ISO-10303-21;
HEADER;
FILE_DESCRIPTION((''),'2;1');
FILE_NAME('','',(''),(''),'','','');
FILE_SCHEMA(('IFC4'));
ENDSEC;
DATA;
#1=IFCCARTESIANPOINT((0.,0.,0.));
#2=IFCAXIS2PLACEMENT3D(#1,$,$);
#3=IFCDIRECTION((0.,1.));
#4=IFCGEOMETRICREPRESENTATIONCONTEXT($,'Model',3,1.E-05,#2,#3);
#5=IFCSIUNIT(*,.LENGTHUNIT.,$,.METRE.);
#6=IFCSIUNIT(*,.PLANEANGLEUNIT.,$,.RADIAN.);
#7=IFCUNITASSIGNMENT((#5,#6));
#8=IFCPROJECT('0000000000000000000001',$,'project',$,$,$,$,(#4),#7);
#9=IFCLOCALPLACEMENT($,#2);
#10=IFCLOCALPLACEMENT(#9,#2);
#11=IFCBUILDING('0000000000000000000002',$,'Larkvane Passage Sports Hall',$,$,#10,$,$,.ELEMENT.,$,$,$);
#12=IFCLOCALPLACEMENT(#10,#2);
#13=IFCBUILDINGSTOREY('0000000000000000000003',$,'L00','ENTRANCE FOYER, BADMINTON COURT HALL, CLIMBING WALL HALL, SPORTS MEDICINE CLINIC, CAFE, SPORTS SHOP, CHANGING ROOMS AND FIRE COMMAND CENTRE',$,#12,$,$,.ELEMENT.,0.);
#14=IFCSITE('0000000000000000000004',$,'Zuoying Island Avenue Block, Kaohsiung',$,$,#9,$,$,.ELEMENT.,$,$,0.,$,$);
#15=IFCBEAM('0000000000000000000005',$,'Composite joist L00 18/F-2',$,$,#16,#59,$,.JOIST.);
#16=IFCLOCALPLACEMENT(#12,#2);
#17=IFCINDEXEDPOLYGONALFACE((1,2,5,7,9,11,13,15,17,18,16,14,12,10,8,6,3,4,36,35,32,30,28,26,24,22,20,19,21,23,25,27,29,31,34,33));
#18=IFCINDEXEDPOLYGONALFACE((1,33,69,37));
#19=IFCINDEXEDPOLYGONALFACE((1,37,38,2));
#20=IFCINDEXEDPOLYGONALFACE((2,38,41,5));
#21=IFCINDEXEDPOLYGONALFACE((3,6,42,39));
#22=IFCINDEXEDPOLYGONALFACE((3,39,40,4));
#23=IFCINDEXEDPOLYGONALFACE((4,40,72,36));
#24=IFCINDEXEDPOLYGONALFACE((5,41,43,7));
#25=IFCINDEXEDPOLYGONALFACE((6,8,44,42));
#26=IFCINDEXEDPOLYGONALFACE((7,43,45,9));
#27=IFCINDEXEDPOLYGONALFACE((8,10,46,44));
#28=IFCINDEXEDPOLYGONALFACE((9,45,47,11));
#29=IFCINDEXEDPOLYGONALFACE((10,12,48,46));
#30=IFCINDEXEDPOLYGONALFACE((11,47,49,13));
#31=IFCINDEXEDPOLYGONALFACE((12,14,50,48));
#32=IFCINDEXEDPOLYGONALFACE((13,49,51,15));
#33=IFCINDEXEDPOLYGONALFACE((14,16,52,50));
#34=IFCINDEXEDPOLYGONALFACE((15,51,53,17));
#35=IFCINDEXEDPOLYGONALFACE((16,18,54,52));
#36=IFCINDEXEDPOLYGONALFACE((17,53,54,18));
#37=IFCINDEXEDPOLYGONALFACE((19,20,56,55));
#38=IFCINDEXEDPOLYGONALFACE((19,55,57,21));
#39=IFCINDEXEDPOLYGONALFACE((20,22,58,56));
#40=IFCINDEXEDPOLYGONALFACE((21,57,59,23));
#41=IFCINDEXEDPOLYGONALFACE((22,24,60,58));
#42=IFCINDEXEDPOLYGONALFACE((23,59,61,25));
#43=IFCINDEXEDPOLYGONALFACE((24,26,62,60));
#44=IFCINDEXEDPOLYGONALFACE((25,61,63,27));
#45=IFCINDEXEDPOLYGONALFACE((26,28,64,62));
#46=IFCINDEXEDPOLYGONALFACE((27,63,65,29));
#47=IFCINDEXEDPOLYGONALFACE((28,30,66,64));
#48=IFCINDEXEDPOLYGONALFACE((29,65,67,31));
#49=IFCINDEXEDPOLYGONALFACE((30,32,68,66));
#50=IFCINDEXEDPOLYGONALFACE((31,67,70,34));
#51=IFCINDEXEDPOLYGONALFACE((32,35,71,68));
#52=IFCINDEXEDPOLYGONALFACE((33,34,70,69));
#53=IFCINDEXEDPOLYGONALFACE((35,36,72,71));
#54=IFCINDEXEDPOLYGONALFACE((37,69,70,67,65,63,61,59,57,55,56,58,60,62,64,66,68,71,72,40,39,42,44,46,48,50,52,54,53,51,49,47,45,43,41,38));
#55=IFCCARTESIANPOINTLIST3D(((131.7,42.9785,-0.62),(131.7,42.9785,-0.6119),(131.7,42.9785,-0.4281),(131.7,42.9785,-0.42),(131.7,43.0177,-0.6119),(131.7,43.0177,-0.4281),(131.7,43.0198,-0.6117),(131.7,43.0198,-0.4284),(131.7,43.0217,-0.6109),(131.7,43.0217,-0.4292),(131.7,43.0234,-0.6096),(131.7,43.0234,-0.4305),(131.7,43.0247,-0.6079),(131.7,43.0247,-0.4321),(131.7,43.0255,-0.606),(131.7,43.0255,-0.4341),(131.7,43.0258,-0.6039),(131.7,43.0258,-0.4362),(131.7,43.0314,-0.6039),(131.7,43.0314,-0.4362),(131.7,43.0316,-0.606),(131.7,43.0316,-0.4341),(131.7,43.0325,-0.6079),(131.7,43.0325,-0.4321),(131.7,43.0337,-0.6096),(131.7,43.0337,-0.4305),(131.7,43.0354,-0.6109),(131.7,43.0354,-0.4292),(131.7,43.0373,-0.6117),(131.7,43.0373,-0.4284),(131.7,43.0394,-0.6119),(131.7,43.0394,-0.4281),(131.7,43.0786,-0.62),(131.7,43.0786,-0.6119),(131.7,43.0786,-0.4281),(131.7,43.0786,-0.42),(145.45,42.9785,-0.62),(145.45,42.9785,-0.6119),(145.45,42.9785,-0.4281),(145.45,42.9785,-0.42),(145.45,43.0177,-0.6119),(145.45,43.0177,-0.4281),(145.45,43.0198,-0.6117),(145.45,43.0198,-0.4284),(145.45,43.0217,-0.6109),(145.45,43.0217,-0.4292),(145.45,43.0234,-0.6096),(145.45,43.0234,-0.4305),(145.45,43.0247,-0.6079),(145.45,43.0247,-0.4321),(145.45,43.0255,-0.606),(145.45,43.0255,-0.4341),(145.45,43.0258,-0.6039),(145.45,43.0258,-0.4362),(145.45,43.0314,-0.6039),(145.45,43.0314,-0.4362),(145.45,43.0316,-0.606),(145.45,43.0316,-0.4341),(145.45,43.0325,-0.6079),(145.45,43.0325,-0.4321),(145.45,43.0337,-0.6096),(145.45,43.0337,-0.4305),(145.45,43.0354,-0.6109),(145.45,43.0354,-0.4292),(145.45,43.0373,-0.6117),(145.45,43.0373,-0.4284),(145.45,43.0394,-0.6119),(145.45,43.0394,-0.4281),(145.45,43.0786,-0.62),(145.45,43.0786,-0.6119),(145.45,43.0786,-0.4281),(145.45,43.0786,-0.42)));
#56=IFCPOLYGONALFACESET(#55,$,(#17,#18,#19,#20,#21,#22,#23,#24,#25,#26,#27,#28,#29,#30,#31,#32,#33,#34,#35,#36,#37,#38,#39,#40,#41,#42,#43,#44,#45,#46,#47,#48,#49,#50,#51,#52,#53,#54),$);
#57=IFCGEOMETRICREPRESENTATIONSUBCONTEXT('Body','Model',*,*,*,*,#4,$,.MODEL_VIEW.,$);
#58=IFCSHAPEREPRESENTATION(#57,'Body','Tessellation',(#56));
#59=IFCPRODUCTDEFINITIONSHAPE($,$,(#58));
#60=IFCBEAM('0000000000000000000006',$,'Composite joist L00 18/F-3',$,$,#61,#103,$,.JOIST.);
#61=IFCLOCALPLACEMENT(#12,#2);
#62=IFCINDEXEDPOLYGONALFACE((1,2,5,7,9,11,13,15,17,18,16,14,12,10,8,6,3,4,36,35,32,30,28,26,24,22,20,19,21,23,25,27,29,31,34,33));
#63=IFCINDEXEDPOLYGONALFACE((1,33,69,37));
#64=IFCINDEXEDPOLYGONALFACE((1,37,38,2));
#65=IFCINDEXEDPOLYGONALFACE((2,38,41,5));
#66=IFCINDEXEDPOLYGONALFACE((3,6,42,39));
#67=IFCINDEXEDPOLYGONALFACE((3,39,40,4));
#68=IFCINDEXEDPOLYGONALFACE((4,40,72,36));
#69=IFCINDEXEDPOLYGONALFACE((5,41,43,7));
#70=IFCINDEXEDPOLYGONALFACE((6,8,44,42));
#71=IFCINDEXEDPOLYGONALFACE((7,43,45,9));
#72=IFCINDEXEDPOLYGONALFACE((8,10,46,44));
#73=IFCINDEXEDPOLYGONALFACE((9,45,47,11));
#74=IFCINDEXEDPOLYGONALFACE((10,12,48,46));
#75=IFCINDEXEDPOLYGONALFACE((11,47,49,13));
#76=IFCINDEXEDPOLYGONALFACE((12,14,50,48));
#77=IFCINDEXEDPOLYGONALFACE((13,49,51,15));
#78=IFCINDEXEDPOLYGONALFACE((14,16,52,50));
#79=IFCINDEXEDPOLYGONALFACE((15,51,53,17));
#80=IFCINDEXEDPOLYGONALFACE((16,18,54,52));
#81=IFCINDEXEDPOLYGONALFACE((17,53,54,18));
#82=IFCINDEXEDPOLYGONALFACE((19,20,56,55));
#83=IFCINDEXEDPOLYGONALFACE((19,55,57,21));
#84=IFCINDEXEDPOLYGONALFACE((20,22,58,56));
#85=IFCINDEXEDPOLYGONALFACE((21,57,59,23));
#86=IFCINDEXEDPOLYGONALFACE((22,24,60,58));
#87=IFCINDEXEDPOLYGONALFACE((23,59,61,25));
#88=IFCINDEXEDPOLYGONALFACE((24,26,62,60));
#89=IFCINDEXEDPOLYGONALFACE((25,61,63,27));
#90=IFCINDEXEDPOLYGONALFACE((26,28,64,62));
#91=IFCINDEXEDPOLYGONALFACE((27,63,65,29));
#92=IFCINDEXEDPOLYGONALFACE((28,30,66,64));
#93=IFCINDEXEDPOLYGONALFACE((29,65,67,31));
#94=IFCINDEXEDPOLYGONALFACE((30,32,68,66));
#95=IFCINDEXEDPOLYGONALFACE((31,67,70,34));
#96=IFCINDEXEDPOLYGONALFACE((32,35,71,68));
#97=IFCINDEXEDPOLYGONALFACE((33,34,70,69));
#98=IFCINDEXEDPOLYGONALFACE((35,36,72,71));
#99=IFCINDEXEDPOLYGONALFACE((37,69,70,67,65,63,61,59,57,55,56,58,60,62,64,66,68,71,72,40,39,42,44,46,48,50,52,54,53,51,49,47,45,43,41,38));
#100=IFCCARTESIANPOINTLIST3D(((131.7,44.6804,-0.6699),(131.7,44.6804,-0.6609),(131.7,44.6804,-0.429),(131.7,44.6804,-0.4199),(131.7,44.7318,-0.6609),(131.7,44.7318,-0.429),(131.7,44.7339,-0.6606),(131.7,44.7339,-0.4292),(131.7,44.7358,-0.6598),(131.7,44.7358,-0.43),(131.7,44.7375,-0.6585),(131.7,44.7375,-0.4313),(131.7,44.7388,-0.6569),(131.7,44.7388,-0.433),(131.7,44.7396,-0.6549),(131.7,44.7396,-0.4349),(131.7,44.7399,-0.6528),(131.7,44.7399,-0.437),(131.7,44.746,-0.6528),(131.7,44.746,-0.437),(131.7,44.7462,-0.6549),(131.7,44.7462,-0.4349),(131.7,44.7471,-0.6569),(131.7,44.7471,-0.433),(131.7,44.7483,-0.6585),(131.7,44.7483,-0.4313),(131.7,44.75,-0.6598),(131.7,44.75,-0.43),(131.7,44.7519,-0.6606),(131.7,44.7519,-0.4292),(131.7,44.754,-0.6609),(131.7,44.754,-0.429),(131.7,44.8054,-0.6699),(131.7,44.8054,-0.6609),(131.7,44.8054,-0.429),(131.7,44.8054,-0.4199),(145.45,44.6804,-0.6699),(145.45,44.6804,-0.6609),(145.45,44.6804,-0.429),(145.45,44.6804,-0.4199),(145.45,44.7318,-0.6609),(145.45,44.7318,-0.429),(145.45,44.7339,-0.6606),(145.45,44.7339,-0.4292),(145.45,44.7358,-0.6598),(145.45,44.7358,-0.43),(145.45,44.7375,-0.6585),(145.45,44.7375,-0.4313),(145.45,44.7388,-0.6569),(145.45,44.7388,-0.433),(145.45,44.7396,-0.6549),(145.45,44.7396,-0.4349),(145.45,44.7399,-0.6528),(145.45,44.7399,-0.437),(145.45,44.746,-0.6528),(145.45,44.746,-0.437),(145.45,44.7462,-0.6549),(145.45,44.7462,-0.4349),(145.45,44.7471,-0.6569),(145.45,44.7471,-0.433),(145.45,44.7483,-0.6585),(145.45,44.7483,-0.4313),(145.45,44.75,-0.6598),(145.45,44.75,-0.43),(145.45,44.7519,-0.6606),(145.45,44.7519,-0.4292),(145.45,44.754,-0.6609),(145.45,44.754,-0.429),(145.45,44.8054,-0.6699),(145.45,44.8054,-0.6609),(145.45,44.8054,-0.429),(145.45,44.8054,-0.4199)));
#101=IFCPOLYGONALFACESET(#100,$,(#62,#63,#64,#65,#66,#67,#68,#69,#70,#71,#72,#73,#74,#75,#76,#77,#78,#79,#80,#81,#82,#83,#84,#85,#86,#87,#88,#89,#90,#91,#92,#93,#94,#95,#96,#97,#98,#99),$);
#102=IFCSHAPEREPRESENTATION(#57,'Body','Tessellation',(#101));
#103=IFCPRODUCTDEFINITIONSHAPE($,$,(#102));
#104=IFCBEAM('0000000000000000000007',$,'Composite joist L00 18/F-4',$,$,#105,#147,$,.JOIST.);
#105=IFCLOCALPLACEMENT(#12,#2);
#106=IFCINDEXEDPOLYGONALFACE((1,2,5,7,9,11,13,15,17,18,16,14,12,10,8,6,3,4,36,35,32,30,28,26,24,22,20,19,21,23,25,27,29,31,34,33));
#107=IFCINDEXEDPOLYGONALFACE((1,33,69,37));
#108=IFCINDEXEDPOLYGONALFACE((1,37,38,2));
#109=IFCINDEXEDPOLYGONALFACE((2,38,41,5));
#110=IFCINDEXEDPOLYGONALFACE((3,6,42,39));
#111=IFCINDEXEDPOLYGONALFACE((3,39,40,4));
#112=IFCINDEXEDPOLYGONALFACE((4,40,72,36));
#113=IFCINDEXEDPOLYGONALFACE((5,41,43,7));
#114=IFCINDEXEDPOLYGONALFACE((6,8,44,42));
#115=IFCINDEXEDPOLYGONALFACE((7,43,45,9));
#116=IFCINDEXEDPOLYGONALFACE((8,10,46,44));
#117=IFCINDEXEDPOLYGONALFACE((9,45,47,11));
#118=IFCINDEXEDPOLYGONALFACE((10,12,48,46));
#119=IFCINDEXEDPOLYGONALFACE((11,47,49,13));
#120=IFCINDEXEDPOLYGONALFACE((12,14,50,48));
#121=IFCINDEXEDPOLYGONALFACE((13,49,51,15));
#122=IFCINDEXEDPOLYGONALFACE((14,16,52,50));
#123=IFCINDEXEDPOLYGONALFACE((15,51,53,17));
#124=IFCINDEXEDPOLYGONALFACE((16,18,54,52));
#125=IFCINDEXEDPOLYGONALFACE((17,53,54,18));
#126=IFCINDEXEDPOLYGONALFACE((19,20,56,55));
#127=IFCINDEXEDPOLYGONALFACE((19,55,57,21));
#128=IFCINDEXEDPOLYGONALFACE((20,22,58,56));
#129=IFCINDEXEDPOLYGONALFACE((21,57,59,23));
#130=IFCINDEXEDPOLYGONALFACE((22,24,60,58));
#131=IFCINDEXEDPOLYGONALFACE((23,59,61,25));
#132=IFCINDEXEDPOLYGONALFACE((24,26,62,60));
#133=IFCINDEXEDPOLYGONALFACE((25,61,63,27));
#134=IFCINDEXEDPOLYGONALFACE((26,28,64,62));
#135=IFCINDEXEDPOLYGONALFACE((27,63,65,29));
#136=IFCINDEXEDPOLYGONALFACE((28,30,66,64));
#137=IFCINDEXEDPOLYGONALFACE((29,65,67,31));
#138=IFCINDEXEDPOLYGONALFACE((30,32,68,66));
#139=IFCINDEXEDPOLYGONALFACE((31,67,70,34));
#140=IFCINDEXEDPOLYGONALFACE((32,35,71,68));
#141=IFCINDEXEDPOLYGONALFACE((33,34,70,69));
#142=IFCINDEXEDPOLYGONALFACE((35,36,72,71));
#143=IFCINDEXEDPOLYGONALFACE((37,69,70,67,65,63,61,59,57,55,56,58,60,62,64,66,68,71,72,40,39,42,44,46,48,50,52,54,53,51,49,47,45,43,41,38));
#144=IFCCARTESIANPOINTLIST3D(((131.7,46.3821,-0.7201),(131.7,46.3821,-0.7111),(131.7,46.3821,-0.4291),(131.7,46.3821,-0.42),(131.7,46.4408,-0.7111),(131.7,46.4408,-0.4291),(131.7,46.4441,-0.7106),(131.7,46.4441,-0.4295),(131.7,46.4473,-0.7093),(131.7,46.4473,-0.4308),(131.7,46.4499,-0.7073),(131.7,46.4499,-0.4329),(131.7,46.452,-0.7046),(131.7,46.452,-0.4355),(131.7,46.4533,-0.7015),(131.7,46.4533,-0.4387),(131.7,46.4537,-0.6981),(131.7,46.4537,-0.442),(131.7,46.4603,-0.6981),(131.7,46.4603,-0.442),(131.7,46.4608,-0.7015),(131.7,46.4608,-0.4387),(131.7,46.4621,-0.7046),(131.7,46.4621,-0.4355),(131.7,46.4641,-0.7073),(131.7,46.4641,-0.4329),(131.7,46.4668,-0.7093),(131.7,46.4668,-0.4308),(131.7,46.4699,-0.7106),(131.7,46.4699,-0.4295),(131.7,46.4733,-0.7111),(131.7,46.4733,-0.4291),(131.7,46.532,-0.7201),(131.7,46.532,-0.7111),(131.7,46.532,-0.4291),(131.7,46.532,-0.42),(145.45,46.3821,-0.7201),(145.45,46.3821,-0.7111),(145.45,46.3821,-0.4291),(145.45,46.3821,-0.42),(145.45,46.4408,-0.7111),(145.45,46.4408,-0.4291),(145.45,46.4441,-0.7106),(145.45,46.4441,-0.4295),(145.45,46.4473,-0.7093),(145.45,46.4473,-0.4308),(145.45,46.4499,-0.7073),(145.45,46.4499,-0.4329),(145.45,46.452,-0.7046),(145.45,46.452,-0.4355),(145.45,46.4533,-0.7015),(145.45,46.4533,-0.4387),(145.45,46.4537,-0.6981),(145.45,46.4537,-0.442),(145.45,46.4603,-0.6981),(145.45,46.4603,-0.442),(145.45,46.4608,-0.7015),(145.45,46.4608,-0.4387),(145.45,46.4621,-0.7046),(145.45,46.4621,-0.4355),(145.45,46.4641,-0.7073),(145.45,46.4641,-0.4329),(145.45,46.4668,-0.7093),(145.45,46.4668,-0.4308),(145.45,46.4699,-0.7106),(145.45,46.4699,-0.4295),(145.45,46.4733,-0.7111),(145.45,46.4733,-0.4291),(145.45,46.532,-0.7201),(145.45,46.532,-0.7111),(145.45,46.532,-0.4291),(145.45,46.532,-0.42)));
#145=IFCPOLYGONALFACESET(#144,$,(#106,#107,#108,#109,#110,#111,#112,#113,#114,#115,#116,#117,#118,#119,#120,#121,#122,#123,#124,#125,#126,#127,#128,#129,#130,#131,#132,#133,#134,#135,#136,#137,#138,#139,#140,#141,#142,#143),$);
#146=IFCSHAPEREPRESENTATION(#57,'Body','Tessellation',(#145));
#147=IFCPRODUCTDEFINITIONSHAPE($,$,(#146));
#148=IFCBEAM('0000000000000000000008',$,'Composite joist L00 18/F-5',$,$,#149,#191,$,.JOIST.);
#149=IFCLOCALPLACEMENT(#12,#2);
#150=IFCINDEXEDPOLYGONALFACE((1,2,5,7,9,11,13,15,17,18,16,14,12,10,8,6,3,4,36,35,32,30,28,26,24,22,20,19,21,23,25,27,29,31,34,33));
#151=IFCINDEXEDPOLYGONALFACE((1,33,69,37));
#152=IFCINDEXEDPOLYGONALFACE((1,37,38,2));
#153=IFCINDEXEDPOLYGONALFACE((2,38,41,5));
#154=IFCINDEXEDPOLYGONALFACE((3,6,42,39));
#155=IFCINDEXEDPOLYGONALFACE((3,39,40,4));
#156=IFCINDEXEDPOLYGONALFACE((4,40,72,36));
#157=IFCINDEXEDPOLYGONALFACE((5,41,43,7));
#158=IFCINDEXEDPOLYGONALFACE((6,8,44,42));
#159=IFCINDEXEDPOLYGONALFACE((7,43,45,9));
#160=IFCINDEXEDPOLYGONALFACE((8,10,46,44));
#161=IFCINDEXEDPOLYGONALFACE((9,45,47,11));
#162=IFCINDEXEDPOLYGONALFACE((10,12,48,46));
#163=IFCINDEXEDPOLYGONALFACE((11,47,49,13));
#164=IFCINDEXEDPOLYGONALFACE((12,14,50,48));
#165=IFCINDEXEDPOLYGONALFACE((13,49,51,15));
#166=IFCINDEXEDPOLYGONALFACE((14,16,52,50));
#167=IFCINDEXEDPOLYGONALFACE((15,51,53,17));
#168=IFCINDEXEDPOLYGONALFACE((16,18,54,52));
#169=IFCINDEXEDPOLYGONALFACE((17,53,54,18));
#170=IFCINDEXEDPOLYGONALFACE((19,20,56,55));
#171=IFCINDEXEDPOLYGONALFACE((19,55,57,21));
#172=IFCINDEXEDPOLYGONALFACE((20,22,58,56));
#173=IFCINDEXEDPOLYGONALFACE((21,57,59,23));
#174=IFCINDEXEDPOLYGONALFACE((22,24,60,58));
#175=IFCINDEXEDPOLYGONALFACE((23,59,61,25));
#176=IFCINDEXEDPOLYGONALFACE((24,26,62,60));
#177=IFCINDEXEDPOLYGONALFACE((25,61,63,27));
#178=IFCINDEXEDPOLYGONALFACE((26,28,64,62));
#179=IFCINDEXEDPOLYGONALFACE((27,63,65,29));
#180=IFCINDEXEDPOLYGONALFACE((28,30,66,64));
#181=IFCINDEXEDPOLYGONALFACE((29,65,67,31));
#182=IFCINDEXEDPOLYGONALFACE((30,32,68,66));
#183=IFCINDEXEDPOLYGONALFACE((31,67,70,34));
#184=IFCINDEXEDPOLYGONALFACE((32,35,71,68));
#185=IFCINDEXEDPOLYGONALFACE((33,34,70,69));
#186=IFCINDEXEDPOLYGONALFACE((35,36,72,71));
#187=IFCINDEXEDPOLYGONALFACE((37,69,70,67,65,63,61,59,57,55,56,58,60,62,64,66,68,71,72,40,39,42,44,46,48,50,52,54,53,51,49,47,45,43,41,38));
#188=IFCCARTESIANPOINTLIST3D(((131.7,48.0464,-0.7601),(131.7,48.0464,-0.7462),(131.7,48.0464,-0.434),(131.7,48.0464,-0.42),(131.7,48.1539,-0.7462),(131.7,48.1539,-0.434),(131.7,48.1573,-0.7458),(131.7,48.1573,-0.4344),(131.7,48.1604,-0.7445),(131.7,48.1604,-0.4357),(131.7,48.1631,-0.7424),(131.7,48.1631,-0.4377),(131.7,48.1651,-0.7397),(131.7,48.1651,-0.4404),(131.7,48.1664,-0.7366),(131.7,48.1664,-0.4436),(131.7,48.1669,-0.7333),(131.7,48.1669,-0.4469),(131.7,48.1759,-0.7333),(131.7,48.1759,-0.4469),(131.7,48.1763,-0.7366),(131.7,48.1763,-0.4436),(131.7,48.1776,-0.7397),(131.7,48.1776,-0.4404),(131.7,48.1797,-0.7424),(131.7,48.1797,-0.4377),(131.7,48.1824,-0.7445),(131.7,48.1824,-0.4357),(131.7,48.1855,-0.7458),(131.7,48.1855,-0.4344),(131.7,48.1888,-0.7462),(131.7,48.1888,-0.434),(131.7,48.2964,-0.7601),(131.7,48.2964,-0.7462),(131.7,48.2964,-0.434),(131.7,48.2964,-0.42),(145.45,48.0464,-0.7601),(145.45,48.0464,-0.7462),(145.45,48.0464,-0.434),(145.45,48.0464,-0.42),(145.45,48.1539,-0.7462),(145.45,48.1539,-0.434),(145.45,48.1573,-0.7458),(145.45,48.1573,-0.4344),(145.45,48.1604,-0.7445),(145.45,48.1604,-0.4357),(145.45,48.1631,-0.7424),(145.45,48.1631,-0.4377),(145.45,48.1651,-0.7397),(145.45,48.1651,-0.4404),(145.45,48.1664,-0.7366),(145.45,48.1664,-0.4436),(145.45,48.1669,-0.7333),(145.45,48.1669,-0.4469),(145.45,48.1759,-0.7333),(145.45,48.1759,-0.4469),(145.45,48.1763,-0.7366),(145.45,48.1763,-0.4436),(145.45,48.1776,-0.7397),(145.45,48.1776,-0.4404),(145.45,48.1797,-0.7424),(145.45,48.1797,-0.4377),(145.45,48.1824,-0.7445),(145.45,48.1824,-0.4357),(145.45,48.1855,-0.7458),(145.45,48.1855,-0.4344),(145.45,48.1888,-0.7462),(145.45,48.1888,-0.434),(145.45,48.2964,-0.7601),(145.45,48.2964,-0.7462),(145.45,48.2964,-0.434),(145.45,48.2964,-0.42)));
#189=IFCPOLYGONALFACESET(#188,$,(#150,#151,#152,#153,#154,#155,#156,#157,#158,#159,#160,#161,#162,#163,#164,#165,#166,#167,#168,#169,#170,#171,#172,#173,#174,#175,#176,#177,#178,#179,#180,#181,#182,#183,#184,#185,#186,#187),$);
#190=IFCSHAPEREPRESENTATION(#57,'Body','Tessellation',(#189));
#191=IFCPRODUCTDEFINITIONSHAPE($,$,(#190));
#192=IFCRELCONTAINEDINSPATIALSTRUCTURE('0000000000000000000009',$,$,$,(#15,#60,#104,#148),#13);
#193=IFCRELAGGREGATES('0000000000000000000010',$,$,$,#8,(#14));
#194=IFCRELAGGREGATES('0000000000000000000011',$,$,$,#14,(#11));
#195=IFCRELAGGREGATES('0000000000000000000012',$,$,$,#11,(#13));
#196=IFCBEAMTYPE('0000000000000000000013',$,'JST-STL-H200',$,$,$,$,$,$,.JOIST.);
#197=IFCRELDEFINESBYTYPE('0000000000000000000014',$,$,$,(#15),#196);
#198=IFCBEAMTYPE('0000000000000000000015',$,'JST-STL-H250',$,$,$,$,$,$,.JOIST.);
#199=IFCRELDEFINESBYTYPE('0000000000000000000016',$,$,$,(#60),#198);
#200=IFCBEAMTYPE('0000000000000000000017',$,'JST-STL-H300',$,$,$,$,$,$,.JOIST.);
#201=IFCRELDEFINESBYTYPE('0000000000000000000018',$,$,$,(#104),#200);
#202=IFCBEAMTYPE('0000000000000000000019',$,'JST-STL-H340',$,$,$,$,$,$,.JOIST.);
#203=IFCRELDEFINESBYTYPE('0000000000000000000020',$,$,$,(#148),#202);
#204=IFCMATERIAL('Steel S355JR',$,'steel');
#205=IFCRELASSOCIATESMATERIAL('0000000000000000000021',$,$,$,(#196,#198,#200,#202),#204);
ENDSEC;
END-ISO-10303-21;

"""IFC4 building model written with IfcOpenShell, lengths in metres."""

from ifc_helpers import new_model, si_unit, direction, frame, origin, origin_2d, place, context, subcontext, project, spatial, i_section, extrude, material, material_profile, profile_set, type_object, element, save


model = new_model("IFC4")

# Units and contexts
model_context = context("Model", 3, precision=1e-05, world=origin(), true_north=direction((0.0, 1.0)))
body_context = subcontext(model_context, "Body", "Model", "MODEL_VIEW")
ifc_project = project(units=[si_unit("LENGTHUNIT", "METRE"), si_unit("PLANEANGLEUNIT", "RADIAN")], contexts=[model_context])

# Site, building, storey
site_placement = place(None, origin())
site = spatial("IfcSite", under=ifc_project, at=site_placement, Name="Zuoying Island Avenue Block, Kaohsiung", CompositionType="ELEMENT", RefElevation=0.0)
building_placement = place(site_placement, origin())
building = spatial("IfcBuilding", under=site, at=building_placement, Name="Larkvane Passage Sports Hall", CompositionType="ELEMENT")
storey_placement = place(building_placement, origin())
storey = spatial("IfcBuildingStorey", under=building, at=storey_placement, Name="L00", Description="ENTRANCE FOYER, BADMINTON COURT HALL, CLIMBING WALL HALL, SPORTS MEDICINE CLINIC, CAFE, SPORTS SHOP, CHANGING ROOMS AND FIRE COMMAND CENTRE", CompositionType="ELEMENT", Elevation=0.0)

# Beams
ifc_material_1 = material(Name="Steel S355JR", Category="steel")
ifc_material_profile_1 = material_profile(ifc_material_1, i_section(OverallWidth=0.1001, OverallDepth=0.2, WebThickness=0.0056, FlangeThickness=0.0081, FilletRadius=0.0081, at=origin_2d()), Name="H-200x100x5.5x8")
ifc_profile_set_1 = profile_set([ifc_material_profile_1], Name="Steel S355JR")
beam_type_1 = type_object("IfcBeamType", Name="JST-STL-H200", PredefinedType="JOIST", material=ifc_profile_set_1)
beam_1_placement = place(storey_placement, frame((131.7, 43.0286, -0.52), z_axis=(1.0, 0.0, 0.0), x_axis=(0.0, 1.0, 0.0)))
element("IfcBeam", 1, at=beam_1_placement, inside=storey, type_object=beam_type_1, Name="Composite joist L00 18/F-2", PredefinedType="JOIST", context=body_context, shape_type="SweptSolid", body=[
    extrude(i_section(OverallWidth=0.1001, OverallDepth=0.2, WebThickness=0.0056, FlangeThickness=0.0081, FilletRadius=0.0081, at=origin_2d()), origin(), (0.0, 0.0, 1.0), 13.75),
])
ifc_material_profile_2 = material_profile(ifc_material_1, i_section(OverallWidth=0.125, OverallDepth=0.25, WebThickness=0.0061, FlangeThickness=0.009, FilletRadius=0.0081, at=origin_2d()), Name="H-250x125x6x9")
ifc_profile_set_2 = profile_set([ifc_material_profile_2], Name="Steel S355JR")
beam_type_2 = type_object("IfcBeamType", Name="JST-STL-H250", PredefinedType="JOIST", material=ifc_profile_set_2)
beam_2_placement = place(storey_placement, frame((131.7, 44.7429, -0.5449), z_axis=(1.0, 0.0, 0.0), x_axis=(0.0, 1.0, 0.0)))
element("IfcBeam", 2, at=beam_2_placement, inside=storey, type_object=beam_type_2, Name="Composite joist L00 18/F-3", PredefinedType="JOIST", context=body_context, shape_type="SweptSolid", body=[
    extrude(i_section(OverallWidth=0.125, OverallDepth=0.25, WebThickness=0.0061, FlangeThickness=0.009, FilletRadius=0.0081, at=origin_2d()), origin(), (0.0, 0.0, 1.0), 13.75),
])
ifc_material_profile_3 = material_profile(ifc_material_1, i_section(OverallWidth=0.1499, OverallDepth=0.3, WebThickness=0.0066, FlangeThickness=0.009, FilletRadius=0.0129, at=origin_2d()), Name="H-300x150x6.5x9")
ifc_profile_set_3 = profile_set([ifc_material_profile_3], Name="Steel S355JR")
beam_type_3 = type_object("IfcBeamType", Name="JST-STL-H300", PredefinedType="JOIST", material=ifc_profile_set_3)
beam_3_placement = place(storey_placement, frame((131.7, 46.457, -0.5701), z_axis=(1.0, 0.0, 0.0), x_axis=(0.0, 1.0, 0.0)))
element("IfcBeam", 3, at=beam_3_placement, inside=storey, type_object=beam_type_3, Name="Composite joist L00 18/F-4", PredefinedType="JOIST", context=body_context, shape_type="SweptSolid", body=[
    extrude(i_section(OverallWidth=0.1499, OverallDepth=0.3, WebThickness=0.0066, FlangeThickness=0.009, FilletRadius=0.0129, at=origin_2d()), origin(), (0.0, 0.0, 1.0), 13.75),
])
ifc_material_profile_4 = material_profile(ifc_material_1, i_section(OverallWidth=0.25, OverallDepth=0.3401, WebThickness=0.009, FlangeThickness=0.0139, FilletRadius=0.0129, at=origin_2d()), Name="H-340x250x9x14")
ifc_profile_set_4 = profile_set([ifc_material_profile_4], Name="Steel S355JR")
beam_type_4 = type_object("IfcBeamType", Name="JST-STL-H340", PredefinedType="JOIST", material=ifc_profile_set_4)
beam_4_placement = place(storey_placement, frame((131.7, 48.1714, -0.5901), z_axis=(1.0, 0.0, 0.0), x_axis=(0.0, 1.0, 0.0)))
element("IfcBeam", 4, at=beam_4_placement, inside=storey, type_object=beam_type_4, Name="Composite joist L00 18/F-5", PredefinedType="JOIST", context=body_context, shape_type="SweptSolid", body=[
    extrude(i_section(OverallWidth=0.25, OverallDepth=0.3401, WebThickness=0.009, FlangeThickness=0.0139, FilletRadius=0.0129, at=origin_2d()), origin(), (0.0, 0.0, 1.0), 13.75),
])

save(model, "model.ifc")
